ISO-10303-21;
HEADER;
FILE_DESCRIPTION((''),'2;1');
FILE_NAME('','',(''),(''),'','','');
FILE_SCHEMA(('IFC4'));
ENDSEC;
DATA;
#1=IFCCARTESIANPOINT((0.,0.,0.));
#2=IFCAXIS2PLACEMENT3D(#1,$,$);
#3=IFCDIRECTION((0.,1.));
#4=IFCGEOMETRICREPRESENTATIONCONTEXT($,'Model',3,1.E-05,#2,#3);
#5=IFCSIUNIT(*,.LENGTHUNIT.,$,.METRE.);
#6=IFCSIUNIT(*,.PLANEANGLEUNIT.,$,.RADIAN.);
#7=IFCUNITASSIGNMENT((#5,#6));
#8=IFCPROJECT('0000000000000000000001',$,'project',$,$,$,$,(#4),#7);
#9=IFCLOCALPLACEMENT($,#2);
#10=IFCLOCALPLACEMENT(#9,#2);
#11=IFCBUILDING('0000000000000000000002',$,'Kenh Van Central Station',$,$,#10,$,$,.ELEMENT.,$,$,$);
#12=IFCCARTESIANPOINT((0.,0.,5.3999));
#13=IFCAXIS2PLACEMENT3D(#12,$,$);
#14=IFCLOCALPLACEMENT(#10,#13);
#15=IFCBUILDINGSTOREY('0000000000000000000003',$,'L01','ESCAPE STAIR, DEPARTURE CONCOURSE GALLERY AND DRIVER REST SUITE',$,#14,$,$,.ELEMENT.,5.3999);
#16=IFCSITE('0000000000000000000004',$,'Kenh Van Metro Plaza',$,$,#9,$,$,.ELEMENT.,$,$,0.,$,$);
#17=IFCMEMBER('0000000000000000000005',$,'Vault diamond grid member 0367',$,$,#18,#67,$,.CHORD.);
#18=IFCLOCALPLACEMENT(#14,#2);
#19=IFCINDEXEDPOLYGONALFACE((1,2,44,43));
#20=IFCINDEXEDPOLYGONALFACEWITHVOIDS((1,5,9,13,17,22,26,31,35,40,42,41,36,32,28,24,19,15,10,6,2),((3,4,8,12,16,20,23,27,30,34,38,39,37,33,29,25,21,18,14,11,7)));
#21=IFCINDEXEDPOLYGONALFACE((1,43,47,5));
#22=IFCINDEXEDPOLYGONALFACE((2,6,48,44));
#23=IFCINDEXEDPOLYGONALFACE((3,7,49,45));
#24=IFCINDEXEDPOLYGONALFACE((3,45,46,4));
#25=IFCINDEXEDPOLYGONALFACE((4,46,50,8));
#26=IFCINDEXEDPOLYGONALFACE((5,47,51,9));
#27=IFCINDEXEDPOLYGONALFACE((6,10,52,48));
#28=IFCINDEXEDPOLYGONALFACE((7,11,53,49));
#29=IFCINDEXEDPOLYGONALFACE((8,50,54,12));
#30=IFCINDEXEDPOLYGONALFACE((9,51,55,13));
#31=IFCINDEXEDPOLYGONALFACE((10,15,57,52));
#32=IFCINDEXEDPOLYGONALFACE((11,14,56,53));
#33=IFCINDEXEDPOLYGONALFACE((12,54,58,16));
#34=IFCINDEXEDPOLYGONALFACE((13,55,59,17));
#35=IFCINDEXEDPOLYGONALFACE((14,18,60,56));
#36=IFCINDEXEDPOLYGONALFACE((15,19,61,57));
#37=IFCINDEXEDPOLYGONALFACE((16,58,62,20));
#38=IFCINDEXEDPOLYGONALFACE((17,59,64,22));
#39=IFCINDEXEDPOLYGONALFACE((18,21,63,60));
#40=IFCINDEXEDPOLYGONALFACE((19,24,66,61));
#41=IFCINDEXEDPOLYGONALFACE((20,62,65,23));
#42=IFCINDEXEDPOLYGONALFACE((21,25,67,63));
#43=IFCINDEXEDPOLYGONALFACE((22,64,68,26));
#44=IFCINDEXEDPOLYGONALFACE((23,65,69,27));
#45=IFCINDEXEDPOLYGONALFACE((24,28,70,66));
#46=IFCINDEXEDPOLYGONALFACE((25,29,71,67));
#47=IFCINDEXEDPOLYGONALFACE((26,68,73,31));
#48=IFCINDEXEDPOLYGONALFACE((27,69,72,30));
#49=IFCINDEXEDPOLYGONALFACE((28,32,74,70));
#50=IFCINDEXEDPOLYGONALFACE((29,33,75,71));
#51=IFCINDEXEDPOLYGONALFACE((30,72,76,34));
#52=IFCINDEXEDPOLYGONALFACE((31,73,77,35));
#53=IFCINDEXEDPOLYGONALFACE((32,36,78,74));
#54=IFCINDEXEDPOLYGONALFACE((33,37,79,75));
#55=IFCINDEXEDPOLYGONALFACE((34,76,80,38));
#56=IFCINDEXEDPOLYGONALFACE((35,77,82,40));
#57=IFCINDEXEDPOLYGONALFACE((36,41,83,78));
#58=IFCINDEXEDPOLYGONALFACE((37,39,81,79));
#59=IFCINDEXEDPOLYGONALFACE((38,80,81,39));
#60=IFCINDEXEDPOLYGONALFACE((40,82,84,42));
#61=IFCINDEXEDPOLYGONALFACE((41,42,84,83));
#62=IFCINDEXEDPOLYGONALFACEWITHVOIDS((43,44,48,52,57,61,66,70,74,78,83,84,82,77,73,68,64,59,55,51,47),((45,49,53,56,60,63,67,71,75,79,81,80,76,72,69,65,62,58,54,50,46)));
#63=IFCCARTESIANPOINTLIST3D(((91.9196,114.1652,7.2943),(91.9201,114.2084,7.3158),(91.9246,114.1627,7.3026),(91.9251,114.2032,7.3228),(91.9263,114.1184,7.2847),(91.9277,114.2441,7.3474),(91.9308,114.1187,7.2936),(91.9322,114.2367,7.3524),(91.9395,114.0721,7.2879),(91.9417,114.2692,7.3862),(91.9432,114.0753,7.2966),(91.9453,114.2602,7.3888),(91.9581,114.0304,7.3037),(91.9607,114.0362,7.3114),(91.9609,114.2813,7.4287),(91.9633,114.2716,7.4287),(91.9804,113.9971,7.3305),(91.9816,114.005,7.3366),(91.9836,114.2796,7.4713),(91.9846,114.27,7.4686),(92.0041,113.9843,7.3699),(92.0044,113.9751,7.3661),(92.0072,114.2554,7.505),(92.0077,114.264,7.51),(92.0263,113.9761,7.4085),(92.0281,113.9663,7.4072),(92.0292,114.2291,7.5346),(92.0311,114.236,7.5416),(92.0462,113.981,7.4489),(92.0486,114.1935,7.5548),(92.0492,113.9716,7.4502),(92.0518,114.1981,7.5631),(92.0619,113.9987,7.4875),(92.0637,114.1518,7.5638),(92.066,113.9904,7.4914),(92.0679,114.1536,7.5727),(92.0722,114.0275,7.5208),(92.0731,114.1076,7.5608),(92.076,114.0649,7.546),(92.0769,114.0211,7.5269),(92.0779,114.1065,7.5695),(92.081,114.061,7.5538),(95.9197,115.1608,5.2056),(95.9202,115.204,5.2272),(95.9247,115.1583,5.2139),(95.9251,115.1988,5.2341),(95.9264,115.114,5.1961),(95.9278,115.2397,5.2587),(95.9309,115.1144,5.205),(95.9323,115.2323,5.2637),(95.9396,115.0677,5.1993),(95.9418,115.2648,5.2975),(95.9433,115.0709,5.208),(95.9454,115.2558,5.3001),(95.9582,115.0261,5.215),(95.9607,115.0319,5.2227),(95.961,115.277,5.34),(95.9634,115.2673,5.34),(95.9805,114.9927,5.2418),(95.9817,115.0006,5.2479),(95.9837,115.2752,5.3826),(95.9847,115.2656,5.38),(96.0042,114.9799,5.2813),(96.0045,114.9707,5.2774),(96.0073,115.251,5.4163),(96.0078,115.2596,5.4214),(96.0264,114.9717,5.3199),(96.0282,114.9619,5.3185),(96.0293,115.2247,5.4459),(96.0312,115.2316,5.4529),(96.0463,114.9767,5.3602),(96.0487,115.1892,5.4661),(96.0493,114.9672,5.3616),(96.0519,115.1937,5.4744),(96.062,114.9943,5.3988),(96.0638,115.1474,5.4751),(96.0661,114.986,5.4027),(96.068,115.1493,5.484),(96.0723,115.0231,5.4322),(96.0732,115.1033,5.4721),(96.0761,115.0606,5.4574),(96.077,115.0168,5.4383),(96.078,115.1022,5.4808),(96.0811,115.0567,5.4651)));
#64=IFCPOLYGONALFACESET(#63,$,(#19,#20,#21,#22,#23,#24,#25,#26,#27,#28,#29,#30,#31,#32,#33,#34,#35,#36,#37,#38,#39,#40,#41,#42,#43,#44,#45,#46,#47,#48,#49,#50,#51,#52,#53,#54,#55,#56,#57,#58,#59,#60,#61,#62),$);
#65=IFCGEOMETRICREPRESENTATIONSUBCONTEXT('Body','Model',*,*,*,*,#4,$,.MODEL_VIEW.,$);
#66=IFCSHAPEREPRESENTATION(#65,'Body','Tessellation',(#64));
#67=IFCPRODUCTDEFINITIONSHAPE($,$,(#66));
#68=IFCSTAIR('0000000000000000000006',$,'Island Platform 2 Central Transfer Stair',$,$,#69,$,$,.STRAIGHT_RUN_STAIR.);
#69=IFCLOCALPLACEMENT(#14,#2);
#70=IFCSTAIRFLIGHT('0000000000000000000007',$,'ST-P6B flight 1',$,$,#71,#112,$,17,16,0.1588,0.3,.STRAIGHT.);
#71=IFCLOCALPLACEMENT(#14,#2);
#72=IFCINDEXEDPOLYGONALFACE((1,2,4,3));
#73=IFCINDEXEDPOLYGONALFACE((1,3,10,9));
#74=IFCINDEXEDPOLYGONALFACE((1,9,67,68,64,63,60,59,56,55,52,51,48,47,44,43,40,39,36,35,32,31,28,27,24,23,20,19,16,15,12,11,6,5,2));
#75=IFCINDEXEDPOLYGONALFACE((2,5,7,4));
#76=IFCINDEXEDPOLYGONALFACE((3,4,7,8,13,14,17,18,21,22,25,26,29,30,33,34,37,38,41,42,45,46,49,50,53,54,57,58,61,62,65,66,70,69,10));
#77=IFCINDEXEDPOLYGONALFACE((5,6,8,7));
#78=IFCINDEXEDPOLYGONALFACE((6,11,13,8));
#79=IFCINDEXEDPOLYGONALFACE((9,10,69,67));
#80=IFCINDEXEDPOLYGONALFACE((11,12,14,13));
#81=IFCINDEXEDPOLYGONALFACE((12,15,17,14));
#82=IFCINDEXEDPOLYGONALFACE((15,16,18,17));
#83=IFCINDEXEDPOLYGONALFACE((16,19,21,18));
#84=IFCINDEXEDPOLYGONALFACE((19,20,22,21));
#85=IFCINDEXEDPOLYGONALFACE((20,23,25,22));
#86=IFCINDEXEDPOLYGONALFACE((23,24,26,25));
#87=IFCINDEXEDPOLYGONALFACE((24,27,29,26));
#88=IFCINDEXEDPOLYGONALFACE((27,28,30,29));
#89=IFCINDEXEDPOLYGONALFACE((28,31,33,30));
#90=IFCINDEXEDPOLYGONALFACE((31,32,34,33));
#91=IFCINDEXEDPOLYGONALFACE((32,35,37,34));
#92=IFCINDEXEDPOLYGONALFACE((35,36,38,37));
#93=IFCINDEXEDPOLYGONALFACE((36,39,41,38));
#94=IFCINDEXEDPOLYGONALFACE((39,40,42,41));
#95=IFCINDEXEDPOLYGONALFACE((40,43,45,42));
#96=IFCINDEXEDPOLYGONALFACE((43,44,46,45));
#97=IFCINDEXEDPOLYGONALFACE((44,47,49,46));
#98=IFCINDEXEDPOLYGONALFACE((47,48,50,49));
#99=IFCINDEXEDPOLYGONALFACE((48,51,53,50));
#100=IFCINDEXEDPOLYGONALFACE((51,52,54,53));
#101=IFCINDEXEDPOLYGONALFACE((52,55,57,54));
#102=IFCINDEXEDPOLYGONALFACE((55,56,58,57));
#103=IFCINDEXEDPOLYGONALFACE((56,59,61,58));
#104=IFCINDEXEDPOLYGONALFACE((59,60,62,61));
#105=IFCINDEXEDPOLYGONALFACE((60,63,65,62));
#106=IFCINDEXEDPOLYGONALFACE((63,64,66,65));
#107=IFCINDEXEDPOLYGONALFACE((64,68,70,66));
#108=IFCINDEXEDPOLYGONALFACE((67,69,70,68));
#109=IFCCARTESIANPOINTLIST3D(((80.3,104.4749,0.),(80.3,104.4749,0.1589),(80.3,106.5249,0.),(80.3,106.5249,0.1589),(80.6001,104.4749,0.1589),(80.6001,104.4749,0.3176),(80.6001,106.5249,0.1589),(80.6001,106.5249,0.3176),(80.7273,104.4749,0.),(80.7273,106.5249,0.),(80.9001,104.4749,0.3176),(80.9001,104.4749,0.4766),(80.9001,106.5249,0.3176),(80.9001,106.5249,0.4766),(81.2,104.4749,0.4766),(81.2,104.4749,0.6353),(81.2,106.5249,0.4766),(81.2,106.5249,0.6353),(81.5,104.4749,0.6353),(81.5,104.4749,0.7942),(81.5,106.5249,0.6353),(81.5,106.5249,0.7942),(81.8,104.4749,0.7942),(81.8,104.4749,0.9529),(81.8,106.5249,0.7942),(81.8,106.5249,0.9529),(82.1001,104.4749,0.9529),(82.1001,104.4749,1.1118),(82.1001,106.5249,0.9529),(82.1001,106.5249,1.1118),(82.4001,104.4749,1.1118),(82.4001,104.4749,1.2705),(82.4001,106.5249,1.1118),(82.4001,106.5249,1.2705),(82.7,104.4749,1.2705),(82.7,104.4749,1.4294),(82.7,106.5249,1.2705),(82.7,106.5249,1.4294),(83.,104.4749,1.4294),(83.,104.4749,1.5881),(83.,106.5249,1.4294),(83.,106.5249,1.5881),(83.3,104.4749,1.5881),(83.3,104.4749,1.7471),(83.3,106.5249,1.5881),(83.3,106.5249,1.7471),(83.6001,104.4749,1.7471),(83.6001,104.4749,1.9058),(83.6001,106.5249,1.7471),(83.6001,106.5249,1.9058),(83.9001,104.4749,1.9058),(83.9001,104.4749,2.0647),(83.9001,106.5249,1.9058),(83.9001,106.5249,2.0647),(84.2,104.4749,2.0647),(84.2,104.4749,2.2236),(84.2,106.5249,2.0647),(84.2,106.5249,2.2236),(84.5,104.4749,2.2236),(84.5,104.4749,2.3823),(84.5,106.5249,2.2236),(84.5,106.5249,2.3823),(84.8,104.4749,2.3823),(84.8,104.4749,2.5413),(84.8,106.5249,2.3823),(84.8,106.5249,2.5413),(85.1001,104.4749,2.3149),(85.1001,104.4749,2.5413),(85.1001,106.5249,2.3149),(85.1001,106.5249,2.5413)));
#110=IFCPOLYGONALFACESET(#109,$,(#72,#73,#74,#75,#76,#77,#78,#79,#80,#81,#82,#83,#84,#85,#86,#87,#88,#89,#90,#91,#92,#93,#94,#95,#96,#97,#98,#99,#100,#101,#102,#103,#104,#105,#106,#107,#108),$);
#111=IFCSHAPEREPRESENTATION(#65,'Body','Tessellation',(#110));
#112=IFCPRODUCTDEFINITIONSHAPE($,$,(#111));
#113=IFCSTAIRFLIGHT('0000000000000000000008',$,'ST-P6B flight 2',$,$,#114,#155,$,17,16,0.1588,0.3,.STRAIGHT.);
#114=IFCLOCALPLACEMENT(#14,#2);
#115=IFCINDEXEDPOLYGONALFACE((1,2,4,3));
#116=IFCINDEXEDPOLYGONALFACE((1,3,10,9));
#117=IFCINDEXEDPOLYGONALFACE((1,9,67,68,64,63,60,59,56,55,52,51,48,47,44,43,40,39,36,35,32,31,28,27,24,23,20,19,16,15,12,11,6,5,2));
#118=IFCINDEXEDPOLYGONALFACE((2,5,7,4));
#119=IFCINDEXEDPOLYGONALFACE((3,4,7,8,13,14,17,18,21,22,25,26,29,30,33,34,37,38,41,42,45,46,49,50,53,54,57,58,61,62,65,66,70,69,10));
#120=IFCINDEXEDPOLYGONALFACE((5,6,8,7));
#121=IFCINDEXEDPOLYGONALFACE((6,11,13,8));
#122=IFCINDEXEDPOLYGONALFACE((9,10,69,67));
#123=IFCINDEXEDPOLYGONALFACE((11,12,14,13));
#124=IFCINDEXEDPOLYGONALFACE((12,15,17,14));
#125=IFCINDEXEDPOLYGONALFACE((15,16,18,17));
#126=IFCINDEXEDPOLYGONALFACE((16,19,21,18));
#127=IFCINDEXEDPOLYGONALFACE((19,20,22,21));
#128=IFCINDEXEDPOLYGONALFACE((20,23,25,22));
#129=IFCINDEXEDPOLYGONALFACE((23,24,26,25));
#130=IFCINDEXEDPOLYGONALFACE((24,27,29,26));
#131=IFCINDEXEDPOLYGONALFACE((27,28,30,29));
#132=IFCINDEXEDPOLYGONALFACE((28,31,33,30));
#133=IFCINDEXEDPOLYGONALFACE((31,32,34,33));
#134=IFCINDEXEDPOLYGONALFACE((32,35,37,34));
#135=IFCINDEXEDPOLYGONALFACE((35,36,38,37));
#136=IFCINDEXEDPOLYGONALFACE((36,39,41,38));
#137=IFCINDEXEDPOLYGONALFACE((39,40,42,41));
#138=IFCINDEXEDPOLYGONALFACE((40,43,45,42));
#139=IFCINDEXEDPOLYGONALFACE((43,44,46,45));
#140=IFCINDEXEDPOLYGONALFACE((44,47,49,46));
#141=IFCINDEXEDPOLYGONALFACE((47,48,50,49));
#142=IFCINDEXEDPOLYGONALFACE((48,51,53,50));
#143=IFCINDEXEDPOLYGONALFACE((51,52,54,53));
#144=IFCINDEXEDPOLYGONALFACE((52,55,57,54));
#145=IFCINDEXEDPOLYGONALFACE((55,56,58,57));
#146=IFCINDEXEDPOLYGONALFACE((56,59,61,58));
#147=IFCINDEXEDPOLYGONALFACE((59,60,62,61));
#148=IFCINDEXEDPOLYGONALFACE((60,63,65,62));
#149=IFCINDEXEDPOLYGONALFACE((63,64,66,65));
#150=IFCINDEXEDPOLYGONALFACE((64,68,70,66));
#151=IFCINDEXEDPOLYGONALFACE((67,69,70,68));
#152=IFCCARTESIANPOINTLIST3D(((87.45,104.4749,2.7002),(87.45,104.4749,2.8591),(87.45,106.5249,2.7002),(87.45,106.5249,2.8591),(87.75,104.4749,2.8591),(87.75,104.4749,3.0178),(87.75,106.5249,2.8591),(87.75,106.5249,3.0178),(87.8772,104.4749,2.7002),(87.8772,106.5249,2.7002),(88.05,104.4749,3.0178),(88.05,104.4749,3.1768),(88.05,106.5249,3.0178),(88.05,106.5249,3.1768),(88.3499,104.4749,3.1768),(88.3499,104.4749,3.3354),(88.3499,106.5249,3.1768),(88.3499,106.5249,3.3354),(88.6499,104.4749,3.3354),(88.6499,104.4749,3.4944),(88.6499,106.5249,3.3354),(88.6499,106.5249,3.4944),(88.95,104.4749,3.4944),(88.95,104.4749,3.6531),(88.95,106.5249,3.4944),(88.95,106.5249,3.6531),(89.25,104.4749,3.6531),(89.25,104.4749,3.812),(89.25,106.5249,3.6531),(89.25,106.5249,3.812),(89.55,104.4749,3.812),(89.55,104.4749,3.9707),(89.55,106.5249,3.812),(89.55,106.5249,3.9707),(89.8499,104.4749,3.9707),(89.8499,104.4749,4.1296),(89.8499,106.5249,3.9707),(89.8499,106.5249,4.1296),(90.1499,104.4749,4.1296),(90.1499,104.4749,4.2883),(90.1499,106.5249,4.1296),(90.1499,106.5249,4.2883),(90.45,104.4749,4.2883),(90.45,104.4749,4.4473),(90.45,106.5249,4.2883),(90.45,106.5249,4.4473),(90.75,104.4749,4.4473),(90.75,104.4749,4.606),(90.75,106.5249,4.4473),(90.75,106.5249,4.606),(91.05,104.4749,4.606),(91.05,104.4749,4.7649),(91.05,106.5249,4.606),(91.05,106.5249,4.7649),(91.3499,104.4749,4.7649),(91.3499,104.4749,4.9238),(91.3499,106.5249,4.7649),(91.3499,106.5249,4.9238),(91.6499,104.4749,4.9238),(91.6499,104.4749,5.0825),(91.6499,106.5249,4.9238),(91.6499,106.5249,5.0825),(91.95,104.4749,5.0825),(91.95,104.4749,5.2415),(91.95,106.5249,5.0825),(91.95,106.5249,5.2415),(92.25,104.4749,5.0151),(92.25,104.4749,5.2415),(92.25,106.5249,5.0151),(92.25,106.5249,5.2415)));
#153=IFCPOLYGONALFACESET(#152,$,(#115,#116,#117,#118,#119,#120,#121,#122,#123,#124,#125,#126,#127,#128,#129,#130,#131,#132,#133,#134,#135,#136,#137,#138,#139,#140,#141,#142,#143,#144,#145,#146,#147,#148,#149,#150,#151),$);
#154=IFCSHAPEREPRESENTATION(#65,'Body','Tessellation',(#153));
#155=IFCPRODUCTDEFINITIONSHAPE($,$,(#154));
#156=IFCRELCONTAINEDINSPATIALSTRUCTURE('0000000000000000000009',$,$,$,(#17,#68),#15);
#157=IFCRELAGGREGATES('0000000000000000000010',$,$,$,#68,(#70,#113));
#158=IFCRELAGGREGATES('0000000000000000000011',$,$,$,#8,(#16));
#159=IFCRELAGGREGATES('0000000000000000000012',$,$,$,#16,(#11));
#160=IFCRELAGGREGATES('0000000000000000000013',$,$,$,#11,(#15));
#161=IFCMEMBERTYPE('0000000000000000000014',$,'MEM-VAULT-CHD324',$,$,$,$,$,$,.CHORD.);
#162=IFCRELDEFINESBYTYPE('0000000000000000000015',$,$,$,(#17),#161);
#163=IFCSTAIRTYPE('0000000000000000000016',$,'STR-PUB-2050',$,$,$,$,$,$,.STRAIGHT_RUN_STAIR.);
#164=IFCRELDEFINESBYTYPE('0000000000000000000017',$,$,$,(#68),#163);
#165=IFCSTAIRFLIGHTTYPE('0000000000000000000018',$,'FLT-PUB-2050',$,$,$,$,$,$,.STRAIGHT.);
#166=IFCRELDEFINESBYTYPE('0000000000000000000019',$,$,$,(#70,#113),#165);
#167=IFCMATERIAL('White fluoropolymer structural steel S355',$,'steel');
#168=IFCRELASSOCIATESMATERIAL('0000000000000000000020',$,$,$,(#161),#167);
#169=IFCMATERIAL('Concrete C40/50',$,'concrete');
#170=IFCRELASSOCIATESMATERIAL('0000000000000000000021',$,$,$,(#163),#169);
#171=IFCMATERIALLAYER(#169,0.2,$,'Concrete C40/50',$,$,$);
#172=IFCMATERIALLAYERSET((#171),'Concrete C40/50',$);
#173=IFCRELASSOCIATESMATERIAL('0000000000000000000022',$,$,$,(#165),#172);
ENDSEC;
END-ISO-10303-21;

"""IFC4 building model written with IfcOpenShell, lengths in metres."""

from ifc_helpers import new_model, si_unit, direction, frame, origin, origin_2d, place, context, subcontext, project, spatial, polyline, hollow_circle, outline, extrude, material, layer, layer_set, material_profile, profile_set, type_object, element, aggregate, save


model = new_model("IFC4")

# Units and contexts
model_context = context("Model", 3, precision=1e-05, world=origin(), true_north=direction((0.0, 1.0)))
body_context = subcontext(model_context, "Body", "Model", "MODEL_VIEW")
ifc_project = project(units=[si_unit("LENGTHUNIT", "METRE"), si_unit("PLANEANGLEUNIT", "RADIAN")], contexts=[model_context])

# Site, building, storey
site_placement = place(None, origin())
site = spatial("IfcSite", under=ifc_project, at=site_placement, Name="Kenh Van Metro Plaza", CompositionType="ELEMENT", RefElevation=0.0)
building_placement = place(site_placement, origin())
building = spatial("IfcBuilding", under=site, at=building_placement, Name="Kenh Van Central Station", CompositionType="ELEMENT")
storey_placement = place(building_placement, frame((0.0, 0.0, 5.3999)))
storey = spatial("IfcBuildingStorey", under=building, at=storey_placement, Name="L01", Description="ESCAPE STAIR, DEPARTURE CONCOURSE GALLERY AND DRIVER REST SUITE", CompositionType="ELEMENT", Elevation=5.3999)

# Shared definitions
ifc_material_1 = material(Name="Concrete C40/50", Category="concrete")

# Shared definitions
ifc_material_2 = material(Name="White fluoropolymer structural steel S355", Category="steel")

# Member
ifc_material_profile_1 = material_profile(ifc_material_2, hollow_circle(Radius=0.1619, WallThickness=0.01, at=origin_2d()), Name="CHS 323.9x10")
ifc_profile_set_1 = profile_set([ifc_material_profile_1], Name="White fluoropolymer structural steel S355")
member_type_1 = type_object("IfcMemberType", Name="MEM-VAULT-CHD324", PredefinedType="CHORD", material=ifc_profile_set_1)
member_1_placement = place(storey_placement, frame((92.0, 114.1243, 7.4287), z_axis=(0.865615, 0.215453, -0.451986), x_axis=(-0.241532, 0.970393, 0.0)))
element("IfcMember", 1, at=member_1_placement, inside=storey, type_object=member_type_1, Name="Vault diamond grid member 0367", PredefinedType="CHORD", context=body_context, shape_type="SweptSolid", body=[
    extrude(hollow_circle(Radius=0.1619, WallThickness=0.01, at=origin_2d()), origin(), (0.0, 0.0, 1.0), 4.6211),
])

# Stair, stair flights
stair_type = type_object("IfcStairType", Name="STR-PUB-2050", PredefinedType="STRAIGHT_RUN_STAIR", material=ifc_material_1)
stair_placement = place(storey_placement, origin())
stair = element("IfcStair", 2, at=stair_placement, inside=storey, type_object=stair_type, Name="Island Platform 2 Central Transfer Stair", PredefinedType="STRAIGHT_RUN_STAIR")
ifc_layer = layer(ifc_material_1, 0.2, Name="Concrete C40/50")
ifc_layer_set = layer_set([ifc_layer], Name="Concrete C40/50")
stair_flight_type = type_object("IfcStairFlightType", Name="FLT-PUB-2050", PredefinedType="STRAIGHT", material=ifc_layer_set)
stair_flight_1_placement = place(storey_placement, frame((80.3, 105.5, 0.0), z_axis=(0.0, 0.0, 1.0), x_axis=(1.0, 0.0, 0.0)))
stair_flight_1 = element("IfcStairFlight", 3, at=stair_flight_1_placement, type_object=stair_flight_type, Name="ST-P6B flight 1", NumberOfRisers=17, NumberOfTreads=16, PredefinedType="STRAIGHT", RiserHeight=0.1588, TreadLength=0.3, context=body_context, shape_type="SweptSolid", body=[
    extrude(outline(polyline([(0.0, 0.0), (0.0, 0.1589), (0.3, 0.1589), (0.3, 0.3176), (0.6001, 0.3176), (0.6001, 0.4766), (0.8999, 0.4766), (0.8999, 0.6353), (1.2, 0.6353), (1.2, 0.7942), (1.5, 0.7942), (1.5, 0.9529), (1.8, 0.9529), (1.8, 1.1118), (2.1001, 1.1118), (2.1001, 1.2705), (2.3999, 1.2705), (2.3999, 1.4294), (2.7, 1.4294), (2.7, 1.5881), (3.0, 1.5881), (3.0, 1.7471), (3.3, 1.7471), (3.3, 1.9058), (3.6001, 1.9058), (3.6001, 2.0647), (3.8999, 2.0647), (3.8999, 2.2236), (4.2, 2.2236), (4.2, 2.3823), (4.5, 2.3823), (4.5, 2.5413), (4.8, 2.5413), (4.8, 2.7), (4.8, 2.3149), (0.4272, 0.0), (0.0, 0.0)])), frame((0.0, 1.0249, 0.0), z_axis=(0.0, -1.0, 0.0), x_axis=(1.0, 0.0, 0.0)), (0.0, 0.0, 1.0), 2.05),
])
stair_flight_2_placement = place(storey_placement, frame((87.45, 105.5, 2.7002), z_axis=(0.0, 0.0, 1.0), x_axis=(1.0, 0.0, 0.0)))
stair_flight_2 = element("IfcStairFlight", 4, at=stair_flight_2_placement, type_object=stair_flight_type, Name="ST-P6B flight 2", NumberOfRisers=17, NumberOfTreads=16, PredefinedType="STRAIGHT", RiserHeight=0.1588, TreadLength=0.3, context=body_context, shape_type="SweptSolid", body=[
    extrude(outline(polyline([(0.0, 0.0), (0.0, 0.1589), (0.3, 0.1589), (0.3, 0.3176), (0.6001, 0.3176), (0.6001, 0.4766), (0.8999, 0.4766), (0.8999, 0.6353), (1.2, 0.6353), (1.2, 0.7942), (1.5, 0.7942), (1.5, 0.9529), (1.8, 0.9529), (1.8, 1.1118), (2.1001, 1.1118), (2.1001, 1.2705), (2.3999, 1.2705), (2.3999, 1.4294), (2.7, 1.4294), (2.7, 1.5881), (3.0, 1.5881), (3.0, 1.7471), (3.3, 1.7471), (3.3, 1.9058), (3.6001, 1.9058), (3.6001, 2.0647), (3.8999, 2.0647), (3.8999, 2.2236), (4.2, 2.2236), (4.2, 2.3823), (4.5, 2.3823), (4.5, 2.5413), (4.8, 2.5413), (4.8, 2.7), (4.8, 2.3149), (0.4272, 0.0), (0.0, 0.0)])), frame((0.0, 1.0249, 0.0), z_axis=(0.0, -1.0, 0.0), x_axis=(1.0, 0.0, 0.0)), (0.0, 0.0, 1.0), 2.05),
])
aggregate(stair, [stair_flight_1, stair_flight_2])

save(model, "model.ifc")
